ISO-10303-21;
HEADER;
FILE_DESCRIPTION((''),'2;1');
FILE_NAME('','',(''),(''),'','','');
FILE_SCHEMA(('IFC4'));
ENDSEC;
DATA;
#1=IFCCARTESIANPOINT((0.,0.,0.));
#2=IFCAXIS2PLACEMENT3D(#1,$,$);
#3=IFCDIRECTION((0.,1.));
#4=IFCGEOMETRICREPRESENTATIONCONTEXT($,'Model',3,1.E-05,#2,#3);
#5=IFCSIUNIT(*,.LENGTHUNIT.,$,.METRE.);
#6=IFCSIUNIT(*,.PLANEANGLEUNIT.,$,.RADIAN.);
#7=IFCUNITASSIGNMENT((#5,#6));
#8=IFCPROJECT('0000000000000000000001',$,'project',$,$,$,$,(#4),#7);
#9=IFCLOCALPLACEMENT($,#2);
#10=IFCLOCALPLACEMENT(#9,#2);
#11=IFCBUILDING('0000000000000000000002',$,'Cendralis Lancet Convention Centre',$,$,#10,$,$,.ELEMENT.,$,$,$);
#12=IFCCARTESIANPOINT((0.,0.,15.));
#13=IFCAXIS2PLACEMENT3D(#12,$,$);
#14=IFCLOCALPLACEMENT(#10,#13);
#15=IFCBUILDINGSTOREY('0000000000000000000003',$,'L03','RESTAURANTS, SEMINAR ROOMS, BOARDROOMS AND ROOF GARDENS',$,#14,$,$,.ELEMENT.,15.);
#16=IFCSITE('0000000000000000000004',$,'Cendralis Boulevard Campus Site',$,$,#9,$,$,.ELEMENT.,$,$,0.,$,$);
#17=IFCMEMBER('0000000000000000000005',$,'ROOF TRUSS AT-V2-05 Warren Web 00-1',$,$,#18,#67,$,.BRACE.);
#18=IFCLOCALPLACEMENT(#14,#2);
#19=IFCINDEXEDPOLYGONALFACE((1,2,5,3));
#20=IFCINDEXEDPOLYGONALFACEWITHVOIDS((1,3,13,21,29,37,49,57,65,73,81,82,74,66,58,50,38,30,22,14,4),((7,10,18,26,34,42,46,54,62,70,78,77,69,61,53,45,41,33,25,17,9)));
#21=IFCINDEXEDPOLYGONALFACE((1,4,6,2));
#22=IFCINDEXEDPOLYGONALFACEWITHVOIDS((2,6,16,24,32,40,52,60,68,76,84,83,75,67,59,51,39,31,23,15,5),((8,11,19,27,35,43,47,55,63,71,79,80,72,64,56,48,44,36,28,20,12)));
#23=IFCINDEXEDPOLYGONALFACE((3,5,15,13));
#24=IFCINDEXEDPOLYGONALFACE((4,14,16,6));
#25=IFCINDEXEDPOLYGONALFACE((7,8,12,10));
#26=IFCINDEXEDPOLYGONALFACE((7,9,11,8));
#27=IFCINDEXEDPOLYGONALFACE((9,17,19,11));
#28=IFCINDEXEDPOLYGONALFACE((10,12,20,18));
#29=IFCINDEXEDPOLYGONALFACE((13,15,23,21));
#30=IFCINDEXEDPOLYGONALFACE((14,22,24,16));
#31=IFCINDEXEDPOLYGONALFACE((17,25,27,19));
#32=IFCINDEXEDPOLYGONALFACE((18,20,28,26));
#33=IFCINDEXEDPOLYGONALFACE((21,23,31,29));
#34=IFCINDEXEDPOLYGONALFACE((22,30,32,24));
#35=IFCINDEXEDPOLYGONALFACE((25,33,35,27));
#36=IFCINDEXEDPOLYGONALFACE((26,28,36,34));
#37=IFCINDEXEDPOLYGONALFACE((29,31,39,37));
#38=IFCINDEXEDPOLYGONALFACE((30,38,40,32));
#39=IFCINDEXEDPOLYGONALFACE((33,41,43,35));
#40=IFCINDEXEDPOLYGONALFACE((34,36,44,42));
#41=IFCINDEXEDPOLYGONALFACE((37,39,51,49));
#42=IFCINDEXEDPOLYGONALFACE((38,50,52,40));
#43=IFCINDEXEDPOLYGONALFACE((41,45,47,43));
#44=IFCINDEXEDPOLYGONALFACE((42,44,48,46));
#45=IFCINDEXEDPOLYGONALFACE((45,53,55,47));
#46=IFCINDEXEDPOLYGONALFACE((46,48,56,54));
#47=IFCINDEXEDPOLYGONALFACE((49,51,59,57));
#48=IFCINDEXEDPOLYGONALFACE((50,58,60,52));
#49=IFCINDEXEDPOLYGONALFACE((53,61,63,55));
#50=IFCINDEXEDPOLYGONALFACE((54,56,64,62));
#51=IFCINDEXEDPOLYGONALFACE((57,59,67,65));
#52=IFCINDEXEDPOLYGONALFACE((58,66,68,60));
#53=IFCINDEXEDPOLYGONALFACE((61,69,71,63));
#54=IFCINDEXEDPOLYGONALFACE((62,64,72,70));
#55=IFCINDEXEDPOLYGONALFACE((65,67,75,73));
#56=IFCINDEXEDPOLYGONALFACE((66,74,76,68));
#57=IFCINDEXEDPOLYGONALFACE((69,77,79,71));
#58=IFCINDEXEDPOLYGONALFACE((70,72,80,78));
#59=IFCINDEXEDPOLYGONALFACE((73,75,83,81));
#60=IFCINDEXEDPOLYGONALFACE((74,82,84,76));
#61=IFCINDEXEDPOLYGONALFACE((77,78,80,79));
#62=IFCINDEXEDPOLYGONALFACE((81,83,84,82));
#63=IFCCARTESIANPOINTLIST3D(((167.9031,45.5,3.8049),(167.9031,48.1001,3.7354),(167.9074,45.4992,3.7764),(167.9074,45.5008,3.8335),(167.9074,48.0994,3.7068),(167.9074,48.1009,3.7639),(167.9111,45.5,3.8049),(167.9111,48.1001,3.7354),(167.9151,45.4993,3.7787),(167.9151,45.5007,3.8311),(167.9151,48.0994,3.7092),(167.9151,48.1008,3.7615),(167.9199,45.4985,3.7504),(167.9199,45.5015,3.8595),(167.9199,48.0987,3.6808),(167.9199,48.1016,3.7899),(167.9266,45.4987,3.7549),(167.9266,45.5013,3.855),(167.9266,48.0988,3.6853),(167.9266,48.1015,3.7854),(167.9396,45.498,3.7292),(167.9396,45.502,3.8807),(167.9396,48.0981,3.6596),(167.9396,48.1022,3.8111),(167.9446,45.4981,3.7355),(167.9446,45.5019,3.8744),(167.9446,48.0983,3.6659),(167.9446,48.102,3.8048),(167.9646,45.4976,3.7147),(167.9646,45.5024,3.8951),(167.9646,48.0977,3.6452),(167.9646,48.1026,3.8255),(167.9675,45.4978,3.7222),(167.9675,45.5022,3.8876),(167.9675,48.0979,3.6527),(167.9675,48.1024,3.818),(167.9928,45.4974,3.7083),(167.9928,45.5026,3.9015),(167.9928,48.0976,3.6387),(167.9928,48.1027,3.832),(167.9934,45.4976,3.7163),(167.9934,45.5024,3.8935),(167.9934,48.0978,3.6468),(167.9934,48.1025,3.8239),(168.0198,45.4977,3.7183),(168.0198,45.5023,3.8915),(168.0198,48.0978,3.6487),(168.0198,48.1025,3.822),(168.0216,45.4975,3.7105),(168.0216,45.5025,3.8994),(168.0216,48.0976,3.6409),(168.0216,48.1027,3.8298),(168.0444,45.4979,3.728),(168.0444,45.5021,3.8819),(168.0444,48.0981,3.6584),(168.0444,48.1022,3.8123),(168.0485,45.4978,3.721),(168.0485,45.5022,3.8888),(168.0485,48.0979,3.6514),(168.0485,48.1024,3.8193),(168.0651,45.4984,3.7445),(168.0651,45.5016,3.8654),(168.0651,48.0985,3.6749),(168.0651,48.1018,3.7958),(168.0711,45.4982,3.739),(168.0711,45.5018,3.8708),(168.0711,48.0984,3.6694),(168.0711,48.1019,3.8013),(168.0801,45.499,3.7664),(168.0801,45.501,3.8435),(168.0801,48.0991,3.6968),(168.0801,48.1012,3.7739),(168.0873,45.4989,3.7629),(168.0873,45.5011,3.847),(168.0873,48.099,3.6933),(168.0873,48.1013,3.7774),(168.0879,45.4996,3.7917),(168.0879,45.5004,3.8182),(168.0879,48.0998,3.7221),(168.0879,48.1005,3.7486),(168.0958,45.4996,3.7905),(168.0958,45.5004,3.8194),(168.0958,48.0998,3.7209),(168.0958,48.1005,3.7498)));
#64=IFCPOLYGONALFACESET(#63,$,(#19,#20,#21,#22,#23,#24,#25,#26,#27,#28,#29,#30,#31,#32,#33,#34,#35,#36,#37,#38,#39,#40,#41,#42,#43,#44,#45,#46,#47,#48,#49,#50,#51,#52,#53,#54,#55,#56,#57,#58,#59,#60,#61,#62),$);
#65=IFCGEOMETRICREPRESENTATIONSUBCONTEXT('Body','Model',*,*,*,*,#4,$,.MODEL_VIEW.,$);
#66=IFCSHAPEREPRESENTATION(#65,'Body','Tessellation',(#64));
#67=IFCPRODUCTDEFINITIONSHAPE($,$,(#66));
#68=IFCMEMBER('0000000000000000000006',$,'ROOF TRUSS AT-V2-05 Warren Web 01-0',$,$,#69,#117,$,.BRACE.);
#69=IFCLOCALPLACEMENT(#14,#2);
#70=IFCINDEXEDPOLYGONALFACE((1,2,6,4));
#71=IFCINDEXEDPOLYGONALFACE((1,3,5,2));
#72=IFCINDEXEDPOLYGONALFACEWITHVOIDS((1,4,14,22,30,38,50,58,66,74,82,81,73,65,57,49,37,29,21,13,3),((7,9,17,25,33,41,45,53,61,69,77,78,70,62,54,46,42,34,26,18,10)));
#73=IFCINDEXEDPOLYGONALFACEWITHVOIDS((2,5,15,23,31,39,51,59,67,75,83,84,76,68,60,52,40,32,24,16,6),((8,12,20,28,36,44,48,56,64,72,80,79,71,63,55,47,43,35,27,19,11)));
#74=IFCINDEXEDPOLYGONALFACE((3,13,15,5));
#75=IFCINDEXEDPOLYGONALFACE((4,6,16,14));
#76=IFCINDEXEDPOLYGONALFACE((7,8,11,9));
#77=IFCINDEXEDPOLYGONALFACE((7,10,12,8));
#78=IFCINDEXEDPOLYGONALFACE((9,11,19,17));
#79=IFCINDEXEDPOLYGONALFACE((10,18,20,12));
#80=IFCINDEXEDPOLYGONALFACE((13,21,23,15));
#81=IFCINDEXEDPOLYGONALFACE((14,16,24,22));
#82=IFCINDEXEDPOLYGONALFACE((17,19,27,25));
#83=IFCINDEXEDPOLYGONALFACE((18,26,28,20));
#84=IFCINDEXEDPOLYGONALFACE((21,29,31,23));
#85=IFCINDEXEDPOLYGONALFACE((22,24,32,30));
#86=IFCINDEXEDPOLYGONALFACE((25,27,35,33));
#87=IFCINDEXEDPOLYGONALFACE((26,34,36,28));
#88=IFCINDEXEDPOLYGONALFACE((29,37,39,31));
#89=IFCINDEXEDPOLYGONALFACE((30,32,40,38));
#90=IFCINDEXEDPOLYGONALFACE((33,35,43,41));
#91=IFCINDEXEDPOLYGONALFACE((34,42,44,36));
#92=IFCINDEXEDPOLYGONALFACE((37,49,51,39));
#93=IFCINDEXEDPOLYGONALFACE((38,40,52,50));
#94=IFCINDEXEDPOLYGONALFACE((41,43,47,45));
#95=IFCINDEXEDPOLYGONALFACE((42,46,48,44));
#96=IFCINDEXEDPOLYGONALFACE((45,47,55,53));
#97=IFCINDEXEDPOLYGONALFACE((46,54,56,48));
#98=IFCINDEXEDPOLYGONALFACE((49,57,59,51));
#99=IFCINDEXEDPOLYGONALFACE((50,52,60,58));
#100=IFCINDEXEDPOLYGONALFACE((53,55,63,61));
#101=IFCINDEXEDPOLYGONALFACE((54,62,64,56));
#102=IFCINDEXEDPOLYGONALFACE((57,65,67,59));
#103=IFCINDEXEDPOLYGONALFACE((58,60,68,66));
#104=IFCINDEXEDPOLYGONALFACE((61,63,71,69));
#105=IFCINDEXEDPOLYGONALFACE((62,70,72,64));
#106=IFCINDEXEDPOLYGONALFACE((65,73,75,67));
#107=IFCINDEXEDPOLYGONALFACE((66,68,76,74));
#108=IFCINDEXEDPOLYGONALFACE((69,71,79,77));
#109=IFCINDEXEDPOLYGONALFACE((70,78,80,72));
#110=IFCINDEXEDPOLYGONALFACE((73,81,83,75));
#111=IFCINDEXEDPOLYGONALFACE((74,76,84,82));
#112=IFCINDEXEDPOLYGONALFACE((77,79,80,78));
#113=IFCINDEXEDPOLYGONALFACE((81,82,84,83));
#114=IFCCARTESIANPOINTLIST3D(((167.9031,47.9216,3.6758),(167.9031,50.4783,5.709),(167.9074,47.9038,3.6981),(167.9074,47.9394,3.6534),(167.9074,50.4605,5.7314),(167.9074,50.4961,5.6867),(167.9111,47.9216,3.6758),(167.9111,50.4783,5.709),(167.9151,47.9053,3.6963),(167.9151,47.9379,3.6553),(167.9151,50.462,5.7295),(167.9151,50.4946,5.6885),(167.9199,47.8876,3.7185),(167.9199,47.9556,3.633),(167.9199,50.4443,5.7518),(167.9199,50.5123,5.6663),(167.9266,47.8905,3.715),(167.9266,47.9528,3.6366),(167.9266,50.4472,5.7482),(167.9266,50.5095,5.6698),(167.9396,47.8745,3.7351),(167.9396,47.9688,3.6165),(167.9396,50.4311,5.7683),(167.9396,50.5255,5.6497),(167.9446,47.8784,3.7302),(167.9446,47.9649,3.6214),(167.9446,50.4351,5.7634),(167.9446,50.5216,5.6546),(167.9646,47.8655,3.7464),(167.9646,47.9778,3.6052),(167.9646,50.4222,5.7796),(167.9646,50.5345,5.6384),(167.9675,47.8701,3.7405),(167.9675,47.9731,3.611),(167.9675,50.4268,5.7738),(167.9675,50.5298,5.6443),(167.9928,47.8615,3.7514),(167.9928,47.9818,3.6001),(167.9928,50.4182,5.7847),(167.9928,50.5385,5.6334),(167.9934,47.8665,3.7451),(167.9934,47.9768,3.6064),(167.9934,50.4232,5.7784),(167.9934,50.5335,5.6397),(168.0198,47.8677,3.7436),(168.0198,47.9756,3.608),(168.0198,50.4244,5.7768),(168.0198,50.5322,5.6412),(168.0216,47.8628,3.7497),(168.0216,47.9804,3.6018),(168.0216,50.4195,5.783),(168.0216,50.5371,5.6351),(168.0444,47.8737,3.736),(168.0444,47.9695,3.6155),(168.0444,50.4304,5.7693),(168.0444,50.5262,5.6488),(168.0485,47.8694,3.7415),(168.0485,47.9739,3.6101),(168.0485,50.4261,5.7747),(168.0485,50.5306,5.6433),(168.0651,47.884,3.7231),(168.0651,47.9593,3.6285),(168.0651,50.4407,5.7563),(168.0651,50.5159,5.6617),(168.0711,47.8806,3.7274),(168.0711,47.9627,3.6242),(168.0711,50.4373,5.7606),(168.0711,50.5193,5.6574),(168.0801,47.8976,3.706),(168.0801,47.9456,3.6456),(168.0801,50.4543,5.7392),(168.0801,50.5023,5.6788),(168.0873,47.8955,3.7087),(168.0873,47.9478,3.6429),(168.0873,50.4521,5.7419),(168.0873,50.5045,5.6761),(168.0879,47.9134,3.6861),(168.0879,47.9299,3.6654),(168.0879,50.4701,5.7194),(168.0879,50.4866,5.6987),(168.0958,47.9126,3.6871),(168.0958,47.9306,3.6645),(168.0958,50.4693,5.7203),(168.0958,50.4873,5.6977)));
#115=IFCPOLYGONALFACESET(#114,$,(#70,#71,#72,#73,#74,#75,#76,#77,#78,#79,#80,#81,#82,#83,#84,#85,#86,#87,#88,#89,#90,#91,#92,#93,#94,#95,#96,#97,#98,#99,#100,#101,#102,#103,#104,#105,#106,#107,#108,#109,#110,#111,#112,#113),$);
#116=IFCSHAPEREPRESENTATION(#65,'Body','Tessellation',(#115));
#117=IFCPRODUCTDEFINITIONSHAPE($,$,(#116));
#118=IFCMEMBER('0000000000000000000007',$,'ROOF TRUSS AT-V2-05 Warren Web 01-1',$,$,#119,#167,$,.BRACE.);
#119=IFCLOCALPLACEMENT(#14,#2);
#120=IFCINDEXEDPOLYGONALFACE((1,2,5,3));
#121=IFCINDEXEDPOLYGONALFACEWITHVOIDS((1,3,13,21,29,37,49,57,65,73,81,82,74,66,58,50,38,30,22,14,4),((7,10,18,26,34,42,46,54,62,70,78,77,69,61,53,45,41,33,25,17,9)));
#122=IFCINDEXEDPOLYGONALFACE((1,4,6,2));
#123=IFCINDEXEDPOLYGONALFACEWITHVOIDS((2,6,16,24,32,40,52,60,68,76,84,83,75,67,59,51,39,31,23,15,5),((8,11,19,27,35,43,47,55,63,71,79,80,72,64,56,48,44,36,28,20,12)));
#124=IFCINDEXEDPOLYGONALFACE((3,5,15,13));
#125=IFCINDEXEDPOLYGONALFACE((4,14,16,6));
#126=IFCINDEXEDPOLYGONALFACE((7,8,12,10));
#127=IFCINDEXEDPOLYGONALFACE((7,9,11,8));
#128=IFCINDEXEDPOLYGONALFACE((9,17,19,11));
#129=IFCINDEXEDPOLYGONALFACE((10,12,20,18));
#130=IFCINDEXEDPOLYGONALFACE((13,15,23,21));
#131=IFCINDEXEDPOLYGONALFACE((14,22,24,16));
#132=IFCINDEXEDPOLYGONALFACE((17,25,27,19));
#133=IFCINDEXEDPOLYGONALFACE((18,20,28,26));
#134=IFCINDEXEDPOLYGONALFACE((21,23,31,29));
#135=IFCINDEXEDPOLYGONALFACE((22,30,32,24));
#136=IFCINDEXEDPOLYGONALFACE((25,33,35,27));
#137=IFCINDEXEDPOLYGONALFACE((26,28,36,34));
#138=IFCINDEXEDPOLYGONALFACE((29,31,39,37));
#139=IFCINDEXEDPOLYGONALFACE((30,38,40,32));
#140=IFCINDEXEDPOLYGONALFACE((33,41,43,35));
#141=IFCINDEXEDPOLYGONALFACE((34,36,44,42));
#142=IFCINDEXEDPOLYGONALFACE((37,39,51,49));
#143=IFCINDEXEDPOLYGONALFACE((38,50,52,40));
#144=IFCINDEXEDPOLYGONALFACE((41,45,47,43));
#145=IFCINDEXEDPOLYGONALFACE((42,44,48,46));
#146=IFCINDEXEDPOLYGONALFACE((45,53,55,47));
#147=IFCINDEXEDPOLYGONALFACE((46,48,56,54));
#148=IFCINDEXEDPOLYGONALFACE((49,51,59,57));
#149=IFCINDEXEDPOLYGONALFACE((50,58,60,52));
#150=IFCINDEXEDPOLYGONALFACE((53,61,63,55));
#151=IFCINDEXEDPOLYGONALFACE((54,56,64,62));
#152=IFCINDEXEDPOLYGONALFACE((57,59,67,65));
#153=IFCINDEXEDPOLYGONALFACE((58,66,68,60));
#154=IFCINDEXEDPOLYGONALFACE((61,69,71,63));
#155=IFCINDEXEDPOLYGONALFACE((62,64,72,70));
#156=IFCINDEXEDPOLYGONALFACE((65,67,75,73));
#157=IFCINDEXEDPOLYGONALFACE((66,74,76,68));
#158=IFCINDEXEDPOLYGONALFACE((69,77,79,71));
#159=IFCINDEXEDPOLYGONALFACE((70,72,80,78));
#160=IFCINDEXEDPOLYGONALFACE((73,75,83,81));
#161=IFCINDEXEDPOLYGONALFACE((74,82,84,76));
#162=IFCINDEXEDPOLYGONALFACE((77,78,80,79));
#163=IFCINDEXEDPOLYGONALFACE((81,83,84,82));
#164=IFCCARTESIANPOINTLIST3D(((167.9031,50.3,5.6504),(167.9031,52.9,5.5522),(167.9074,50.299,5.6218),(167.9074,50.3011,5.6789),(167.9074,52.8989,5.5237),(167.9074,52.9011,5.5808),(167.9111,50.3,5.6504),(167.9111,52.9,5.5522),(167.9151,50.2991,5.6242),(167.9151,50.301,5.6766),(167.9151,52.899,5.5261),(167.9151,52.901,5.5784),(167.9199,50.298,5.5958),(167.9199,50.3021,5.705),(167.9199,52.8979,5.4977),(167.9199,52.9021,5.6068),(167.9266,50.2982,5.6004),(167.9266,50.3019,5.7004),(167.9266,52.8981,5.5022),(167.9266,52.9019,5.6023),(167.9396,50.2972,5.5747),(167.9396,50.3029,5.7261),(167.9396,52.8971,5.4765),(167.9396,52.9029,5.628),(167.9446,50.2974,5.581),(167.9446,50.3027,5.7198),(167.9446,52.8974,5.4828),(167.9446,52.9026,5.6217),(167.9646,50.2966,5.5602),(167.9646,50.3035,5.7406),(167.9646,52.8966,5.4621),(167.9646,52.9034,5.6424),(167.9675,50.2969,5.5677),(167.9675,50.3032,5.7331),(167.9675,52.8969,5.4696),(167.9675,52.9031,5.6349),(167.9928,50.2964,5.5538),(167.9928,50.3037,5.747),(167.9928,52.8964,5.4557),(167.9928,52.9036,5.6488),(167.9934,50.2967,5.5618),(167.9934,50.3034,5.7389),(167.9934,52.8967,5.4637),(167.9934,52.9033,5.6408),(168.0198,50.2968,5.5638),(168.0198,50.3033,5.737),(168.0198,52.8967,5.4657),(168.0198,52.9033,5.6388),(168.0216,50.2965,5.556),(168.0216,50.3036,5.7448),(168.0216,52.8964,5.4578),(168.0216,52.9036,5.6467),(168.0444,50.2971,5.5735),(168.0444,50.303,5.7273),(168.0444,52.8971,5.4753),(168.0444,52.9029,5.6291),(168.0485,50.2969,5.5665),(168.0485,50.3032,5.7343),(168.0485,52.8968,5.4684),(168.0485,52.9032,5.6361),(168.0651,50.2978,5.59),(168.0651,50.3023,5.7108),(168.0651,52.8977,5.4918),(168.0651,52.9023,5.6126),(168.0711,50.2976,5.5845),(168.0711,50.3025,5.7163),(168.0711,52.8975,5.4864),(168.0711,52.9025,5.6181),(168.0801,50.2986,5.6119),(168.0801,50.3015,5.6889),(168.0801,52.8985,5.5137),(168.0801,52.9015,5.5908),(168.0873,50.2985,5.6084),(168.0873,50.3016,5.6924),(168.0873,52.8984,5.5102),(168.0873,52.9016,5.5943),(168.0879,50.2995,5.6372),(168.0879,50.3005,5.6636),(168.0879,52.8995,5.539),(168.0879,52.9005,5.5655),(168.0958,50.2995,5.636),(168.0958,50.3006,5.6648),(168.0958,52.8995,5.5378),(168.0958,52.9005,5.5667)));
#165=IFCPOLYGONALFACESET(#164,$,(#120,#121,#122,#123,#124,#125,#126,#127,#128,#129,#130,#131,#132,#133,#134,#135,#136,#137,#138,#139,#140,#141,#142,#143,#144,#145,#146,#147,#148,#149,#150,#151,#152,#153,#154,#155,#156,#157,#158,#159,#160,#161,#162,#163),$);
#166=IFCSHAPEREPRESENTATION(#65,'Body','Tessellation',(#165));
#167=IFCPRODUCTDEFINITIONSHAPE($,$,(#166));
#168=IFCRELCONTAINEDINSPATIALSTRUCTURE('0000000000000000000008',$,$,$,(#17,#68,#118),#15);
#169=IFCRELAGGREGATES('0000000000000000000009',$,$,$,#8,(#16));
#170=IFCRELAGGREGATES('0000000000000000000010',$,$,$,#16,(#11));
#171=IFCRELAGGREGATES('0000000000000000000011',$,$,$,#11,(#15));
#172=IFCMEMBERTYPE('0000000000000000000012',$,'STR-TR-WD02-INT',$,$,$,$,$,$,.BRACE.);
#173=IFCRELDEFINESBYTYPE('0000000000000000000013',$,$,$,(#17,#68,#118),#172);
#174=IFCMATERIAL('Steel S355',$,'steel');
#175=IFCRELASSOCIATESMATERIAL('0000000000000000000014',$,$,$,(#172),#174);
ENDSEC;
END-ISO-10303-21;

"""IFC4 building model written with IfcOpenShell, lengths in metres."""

from ifc_helpers import new_model, si_unit, direction, frame, origin, origin_2d, place, context, subcontext, project, spatial, hollow_circle, extrude, material, material_profile, profile_set, type_object, element, save


model = new_model("IFC4")

# Units and contexts
model_context = context("Model", 3, precision=1e-05, world=origin(), true_north=direction((0.0, 1.0)))
body_context = subcontext(model_context, "Body", "Model", "MODEL_VIEW")
ifc_project = project(units=[si_unit("LENGTHUNIT", "METRE"), si_unit("PLANEANGLEUNIT", "RADIAN")], contexts=[model_context])

# Site, building, storey
site_placement = place(None, origin())
site = spatial("IfcSite", under=ifc_project, at=site_placement, Name="Cendralis Boulevard Campus Site", CompositionType="ELEMENT", RefElevation=0.0)
building_placement = place(site_placement, origin())
building = spatial("IfcBuilding", under=site, at=building_placement, Name="Cendralis Lancet Convention Centre", CompositionType="ELEMENT")
storey_placement = place(building_placement, frame((0.0, 0.0, 15.0)))
storey = spatial("IfcBuildingStorey", under=building, at=storey_placement, Name="L03", Description="RESTAURANTS, SEMINAR ROOMS, BOARDROOMS AND ROOF GARDENS", CompositionType="ELEMENT", Elevation=15.0)

# Shared definitions
ifc_material_1 = material(Name="Steel S355", Category="steel")

# Members
ifc_material_profile_1 = material_profile(ifc_material_1, hollow_circle(Radius=0.0969, WallThickness=0.0081, at=origin_2d()), Name="CHS 193.7x8.0")
ifc_profile_set_1 = profile_set([ifc_material_profile_1], Name="Steel S355")
member_type_1 = type_object("IfcMemberType", Name="STR-TR-WD02-INT", PredefinedType="BRACE", material=ifc_profile_set_1)
member_1_placement = place(storey_placement, frame((168.0, 45.5, 3.8049), z_axis=(0.0, 0.999642, -0.026751), x_axis=(-1.0, 0.0, 0.0)))
element("IfcMember", 1, at=member_1_placement, inside=storey, type_object=member_type_1, Name="ROOF TRUSS AT-V2-05 Warren Web 00-1", PredefinedType="BRACE", context=body_context, shape_type="SweptSolid", body=[
    extrude(hollow_circle(Radius=0.0969, WallThickness=0.0081, at=origin_2d()), origin(), (0.0, 0.0, 1.0), 2.6011),
])
member_2_placement = place(storey_placement, frame((168.0, 47.9216, 3.6758), z_axis=(0.0, 0.782674, 0.622432), x_axis=(-1.0, 0.0, 0.0)))
element("IfcMember", 2, at=member_2_placement, inside=storey, type_object=member_type_1, Name="ROOF TRUSS AT-V2-05 Warren Web 01-0", PredefinedType="BRACE", context=body_context, shape_type="SweptSolid", body=[
    extrude(hollow_circle(Radius=0.0969, WallThickness=0.0081, at=origin_2d()), origin(), (0.0, 0.0, 1.0), 3.2666),
])
member_3_placement = place(storey_placement, frame((168.0, 50.3, 5.6504), z_axis=(0.0, 0.999288, -0.037723), x_axis=(-1.0, 0.0, 0.0)))
element("IfcMember", 3, at=member_3_placement, inside=storey, type_object=member_type_1, Name="ROOF TRUSS AT-V2-05 Warren Web 01-1", PredefinedType="BRACE", context=body_context, shape_type="SweptSolid", body=[
    extrude(hollow_circle(Radius=0.0969, WallThickness=0.0081, at=origin_2d()), origin(), (0.0, 0.0, 1.0), 2.6018),
])

save(model, "model.ifc")
